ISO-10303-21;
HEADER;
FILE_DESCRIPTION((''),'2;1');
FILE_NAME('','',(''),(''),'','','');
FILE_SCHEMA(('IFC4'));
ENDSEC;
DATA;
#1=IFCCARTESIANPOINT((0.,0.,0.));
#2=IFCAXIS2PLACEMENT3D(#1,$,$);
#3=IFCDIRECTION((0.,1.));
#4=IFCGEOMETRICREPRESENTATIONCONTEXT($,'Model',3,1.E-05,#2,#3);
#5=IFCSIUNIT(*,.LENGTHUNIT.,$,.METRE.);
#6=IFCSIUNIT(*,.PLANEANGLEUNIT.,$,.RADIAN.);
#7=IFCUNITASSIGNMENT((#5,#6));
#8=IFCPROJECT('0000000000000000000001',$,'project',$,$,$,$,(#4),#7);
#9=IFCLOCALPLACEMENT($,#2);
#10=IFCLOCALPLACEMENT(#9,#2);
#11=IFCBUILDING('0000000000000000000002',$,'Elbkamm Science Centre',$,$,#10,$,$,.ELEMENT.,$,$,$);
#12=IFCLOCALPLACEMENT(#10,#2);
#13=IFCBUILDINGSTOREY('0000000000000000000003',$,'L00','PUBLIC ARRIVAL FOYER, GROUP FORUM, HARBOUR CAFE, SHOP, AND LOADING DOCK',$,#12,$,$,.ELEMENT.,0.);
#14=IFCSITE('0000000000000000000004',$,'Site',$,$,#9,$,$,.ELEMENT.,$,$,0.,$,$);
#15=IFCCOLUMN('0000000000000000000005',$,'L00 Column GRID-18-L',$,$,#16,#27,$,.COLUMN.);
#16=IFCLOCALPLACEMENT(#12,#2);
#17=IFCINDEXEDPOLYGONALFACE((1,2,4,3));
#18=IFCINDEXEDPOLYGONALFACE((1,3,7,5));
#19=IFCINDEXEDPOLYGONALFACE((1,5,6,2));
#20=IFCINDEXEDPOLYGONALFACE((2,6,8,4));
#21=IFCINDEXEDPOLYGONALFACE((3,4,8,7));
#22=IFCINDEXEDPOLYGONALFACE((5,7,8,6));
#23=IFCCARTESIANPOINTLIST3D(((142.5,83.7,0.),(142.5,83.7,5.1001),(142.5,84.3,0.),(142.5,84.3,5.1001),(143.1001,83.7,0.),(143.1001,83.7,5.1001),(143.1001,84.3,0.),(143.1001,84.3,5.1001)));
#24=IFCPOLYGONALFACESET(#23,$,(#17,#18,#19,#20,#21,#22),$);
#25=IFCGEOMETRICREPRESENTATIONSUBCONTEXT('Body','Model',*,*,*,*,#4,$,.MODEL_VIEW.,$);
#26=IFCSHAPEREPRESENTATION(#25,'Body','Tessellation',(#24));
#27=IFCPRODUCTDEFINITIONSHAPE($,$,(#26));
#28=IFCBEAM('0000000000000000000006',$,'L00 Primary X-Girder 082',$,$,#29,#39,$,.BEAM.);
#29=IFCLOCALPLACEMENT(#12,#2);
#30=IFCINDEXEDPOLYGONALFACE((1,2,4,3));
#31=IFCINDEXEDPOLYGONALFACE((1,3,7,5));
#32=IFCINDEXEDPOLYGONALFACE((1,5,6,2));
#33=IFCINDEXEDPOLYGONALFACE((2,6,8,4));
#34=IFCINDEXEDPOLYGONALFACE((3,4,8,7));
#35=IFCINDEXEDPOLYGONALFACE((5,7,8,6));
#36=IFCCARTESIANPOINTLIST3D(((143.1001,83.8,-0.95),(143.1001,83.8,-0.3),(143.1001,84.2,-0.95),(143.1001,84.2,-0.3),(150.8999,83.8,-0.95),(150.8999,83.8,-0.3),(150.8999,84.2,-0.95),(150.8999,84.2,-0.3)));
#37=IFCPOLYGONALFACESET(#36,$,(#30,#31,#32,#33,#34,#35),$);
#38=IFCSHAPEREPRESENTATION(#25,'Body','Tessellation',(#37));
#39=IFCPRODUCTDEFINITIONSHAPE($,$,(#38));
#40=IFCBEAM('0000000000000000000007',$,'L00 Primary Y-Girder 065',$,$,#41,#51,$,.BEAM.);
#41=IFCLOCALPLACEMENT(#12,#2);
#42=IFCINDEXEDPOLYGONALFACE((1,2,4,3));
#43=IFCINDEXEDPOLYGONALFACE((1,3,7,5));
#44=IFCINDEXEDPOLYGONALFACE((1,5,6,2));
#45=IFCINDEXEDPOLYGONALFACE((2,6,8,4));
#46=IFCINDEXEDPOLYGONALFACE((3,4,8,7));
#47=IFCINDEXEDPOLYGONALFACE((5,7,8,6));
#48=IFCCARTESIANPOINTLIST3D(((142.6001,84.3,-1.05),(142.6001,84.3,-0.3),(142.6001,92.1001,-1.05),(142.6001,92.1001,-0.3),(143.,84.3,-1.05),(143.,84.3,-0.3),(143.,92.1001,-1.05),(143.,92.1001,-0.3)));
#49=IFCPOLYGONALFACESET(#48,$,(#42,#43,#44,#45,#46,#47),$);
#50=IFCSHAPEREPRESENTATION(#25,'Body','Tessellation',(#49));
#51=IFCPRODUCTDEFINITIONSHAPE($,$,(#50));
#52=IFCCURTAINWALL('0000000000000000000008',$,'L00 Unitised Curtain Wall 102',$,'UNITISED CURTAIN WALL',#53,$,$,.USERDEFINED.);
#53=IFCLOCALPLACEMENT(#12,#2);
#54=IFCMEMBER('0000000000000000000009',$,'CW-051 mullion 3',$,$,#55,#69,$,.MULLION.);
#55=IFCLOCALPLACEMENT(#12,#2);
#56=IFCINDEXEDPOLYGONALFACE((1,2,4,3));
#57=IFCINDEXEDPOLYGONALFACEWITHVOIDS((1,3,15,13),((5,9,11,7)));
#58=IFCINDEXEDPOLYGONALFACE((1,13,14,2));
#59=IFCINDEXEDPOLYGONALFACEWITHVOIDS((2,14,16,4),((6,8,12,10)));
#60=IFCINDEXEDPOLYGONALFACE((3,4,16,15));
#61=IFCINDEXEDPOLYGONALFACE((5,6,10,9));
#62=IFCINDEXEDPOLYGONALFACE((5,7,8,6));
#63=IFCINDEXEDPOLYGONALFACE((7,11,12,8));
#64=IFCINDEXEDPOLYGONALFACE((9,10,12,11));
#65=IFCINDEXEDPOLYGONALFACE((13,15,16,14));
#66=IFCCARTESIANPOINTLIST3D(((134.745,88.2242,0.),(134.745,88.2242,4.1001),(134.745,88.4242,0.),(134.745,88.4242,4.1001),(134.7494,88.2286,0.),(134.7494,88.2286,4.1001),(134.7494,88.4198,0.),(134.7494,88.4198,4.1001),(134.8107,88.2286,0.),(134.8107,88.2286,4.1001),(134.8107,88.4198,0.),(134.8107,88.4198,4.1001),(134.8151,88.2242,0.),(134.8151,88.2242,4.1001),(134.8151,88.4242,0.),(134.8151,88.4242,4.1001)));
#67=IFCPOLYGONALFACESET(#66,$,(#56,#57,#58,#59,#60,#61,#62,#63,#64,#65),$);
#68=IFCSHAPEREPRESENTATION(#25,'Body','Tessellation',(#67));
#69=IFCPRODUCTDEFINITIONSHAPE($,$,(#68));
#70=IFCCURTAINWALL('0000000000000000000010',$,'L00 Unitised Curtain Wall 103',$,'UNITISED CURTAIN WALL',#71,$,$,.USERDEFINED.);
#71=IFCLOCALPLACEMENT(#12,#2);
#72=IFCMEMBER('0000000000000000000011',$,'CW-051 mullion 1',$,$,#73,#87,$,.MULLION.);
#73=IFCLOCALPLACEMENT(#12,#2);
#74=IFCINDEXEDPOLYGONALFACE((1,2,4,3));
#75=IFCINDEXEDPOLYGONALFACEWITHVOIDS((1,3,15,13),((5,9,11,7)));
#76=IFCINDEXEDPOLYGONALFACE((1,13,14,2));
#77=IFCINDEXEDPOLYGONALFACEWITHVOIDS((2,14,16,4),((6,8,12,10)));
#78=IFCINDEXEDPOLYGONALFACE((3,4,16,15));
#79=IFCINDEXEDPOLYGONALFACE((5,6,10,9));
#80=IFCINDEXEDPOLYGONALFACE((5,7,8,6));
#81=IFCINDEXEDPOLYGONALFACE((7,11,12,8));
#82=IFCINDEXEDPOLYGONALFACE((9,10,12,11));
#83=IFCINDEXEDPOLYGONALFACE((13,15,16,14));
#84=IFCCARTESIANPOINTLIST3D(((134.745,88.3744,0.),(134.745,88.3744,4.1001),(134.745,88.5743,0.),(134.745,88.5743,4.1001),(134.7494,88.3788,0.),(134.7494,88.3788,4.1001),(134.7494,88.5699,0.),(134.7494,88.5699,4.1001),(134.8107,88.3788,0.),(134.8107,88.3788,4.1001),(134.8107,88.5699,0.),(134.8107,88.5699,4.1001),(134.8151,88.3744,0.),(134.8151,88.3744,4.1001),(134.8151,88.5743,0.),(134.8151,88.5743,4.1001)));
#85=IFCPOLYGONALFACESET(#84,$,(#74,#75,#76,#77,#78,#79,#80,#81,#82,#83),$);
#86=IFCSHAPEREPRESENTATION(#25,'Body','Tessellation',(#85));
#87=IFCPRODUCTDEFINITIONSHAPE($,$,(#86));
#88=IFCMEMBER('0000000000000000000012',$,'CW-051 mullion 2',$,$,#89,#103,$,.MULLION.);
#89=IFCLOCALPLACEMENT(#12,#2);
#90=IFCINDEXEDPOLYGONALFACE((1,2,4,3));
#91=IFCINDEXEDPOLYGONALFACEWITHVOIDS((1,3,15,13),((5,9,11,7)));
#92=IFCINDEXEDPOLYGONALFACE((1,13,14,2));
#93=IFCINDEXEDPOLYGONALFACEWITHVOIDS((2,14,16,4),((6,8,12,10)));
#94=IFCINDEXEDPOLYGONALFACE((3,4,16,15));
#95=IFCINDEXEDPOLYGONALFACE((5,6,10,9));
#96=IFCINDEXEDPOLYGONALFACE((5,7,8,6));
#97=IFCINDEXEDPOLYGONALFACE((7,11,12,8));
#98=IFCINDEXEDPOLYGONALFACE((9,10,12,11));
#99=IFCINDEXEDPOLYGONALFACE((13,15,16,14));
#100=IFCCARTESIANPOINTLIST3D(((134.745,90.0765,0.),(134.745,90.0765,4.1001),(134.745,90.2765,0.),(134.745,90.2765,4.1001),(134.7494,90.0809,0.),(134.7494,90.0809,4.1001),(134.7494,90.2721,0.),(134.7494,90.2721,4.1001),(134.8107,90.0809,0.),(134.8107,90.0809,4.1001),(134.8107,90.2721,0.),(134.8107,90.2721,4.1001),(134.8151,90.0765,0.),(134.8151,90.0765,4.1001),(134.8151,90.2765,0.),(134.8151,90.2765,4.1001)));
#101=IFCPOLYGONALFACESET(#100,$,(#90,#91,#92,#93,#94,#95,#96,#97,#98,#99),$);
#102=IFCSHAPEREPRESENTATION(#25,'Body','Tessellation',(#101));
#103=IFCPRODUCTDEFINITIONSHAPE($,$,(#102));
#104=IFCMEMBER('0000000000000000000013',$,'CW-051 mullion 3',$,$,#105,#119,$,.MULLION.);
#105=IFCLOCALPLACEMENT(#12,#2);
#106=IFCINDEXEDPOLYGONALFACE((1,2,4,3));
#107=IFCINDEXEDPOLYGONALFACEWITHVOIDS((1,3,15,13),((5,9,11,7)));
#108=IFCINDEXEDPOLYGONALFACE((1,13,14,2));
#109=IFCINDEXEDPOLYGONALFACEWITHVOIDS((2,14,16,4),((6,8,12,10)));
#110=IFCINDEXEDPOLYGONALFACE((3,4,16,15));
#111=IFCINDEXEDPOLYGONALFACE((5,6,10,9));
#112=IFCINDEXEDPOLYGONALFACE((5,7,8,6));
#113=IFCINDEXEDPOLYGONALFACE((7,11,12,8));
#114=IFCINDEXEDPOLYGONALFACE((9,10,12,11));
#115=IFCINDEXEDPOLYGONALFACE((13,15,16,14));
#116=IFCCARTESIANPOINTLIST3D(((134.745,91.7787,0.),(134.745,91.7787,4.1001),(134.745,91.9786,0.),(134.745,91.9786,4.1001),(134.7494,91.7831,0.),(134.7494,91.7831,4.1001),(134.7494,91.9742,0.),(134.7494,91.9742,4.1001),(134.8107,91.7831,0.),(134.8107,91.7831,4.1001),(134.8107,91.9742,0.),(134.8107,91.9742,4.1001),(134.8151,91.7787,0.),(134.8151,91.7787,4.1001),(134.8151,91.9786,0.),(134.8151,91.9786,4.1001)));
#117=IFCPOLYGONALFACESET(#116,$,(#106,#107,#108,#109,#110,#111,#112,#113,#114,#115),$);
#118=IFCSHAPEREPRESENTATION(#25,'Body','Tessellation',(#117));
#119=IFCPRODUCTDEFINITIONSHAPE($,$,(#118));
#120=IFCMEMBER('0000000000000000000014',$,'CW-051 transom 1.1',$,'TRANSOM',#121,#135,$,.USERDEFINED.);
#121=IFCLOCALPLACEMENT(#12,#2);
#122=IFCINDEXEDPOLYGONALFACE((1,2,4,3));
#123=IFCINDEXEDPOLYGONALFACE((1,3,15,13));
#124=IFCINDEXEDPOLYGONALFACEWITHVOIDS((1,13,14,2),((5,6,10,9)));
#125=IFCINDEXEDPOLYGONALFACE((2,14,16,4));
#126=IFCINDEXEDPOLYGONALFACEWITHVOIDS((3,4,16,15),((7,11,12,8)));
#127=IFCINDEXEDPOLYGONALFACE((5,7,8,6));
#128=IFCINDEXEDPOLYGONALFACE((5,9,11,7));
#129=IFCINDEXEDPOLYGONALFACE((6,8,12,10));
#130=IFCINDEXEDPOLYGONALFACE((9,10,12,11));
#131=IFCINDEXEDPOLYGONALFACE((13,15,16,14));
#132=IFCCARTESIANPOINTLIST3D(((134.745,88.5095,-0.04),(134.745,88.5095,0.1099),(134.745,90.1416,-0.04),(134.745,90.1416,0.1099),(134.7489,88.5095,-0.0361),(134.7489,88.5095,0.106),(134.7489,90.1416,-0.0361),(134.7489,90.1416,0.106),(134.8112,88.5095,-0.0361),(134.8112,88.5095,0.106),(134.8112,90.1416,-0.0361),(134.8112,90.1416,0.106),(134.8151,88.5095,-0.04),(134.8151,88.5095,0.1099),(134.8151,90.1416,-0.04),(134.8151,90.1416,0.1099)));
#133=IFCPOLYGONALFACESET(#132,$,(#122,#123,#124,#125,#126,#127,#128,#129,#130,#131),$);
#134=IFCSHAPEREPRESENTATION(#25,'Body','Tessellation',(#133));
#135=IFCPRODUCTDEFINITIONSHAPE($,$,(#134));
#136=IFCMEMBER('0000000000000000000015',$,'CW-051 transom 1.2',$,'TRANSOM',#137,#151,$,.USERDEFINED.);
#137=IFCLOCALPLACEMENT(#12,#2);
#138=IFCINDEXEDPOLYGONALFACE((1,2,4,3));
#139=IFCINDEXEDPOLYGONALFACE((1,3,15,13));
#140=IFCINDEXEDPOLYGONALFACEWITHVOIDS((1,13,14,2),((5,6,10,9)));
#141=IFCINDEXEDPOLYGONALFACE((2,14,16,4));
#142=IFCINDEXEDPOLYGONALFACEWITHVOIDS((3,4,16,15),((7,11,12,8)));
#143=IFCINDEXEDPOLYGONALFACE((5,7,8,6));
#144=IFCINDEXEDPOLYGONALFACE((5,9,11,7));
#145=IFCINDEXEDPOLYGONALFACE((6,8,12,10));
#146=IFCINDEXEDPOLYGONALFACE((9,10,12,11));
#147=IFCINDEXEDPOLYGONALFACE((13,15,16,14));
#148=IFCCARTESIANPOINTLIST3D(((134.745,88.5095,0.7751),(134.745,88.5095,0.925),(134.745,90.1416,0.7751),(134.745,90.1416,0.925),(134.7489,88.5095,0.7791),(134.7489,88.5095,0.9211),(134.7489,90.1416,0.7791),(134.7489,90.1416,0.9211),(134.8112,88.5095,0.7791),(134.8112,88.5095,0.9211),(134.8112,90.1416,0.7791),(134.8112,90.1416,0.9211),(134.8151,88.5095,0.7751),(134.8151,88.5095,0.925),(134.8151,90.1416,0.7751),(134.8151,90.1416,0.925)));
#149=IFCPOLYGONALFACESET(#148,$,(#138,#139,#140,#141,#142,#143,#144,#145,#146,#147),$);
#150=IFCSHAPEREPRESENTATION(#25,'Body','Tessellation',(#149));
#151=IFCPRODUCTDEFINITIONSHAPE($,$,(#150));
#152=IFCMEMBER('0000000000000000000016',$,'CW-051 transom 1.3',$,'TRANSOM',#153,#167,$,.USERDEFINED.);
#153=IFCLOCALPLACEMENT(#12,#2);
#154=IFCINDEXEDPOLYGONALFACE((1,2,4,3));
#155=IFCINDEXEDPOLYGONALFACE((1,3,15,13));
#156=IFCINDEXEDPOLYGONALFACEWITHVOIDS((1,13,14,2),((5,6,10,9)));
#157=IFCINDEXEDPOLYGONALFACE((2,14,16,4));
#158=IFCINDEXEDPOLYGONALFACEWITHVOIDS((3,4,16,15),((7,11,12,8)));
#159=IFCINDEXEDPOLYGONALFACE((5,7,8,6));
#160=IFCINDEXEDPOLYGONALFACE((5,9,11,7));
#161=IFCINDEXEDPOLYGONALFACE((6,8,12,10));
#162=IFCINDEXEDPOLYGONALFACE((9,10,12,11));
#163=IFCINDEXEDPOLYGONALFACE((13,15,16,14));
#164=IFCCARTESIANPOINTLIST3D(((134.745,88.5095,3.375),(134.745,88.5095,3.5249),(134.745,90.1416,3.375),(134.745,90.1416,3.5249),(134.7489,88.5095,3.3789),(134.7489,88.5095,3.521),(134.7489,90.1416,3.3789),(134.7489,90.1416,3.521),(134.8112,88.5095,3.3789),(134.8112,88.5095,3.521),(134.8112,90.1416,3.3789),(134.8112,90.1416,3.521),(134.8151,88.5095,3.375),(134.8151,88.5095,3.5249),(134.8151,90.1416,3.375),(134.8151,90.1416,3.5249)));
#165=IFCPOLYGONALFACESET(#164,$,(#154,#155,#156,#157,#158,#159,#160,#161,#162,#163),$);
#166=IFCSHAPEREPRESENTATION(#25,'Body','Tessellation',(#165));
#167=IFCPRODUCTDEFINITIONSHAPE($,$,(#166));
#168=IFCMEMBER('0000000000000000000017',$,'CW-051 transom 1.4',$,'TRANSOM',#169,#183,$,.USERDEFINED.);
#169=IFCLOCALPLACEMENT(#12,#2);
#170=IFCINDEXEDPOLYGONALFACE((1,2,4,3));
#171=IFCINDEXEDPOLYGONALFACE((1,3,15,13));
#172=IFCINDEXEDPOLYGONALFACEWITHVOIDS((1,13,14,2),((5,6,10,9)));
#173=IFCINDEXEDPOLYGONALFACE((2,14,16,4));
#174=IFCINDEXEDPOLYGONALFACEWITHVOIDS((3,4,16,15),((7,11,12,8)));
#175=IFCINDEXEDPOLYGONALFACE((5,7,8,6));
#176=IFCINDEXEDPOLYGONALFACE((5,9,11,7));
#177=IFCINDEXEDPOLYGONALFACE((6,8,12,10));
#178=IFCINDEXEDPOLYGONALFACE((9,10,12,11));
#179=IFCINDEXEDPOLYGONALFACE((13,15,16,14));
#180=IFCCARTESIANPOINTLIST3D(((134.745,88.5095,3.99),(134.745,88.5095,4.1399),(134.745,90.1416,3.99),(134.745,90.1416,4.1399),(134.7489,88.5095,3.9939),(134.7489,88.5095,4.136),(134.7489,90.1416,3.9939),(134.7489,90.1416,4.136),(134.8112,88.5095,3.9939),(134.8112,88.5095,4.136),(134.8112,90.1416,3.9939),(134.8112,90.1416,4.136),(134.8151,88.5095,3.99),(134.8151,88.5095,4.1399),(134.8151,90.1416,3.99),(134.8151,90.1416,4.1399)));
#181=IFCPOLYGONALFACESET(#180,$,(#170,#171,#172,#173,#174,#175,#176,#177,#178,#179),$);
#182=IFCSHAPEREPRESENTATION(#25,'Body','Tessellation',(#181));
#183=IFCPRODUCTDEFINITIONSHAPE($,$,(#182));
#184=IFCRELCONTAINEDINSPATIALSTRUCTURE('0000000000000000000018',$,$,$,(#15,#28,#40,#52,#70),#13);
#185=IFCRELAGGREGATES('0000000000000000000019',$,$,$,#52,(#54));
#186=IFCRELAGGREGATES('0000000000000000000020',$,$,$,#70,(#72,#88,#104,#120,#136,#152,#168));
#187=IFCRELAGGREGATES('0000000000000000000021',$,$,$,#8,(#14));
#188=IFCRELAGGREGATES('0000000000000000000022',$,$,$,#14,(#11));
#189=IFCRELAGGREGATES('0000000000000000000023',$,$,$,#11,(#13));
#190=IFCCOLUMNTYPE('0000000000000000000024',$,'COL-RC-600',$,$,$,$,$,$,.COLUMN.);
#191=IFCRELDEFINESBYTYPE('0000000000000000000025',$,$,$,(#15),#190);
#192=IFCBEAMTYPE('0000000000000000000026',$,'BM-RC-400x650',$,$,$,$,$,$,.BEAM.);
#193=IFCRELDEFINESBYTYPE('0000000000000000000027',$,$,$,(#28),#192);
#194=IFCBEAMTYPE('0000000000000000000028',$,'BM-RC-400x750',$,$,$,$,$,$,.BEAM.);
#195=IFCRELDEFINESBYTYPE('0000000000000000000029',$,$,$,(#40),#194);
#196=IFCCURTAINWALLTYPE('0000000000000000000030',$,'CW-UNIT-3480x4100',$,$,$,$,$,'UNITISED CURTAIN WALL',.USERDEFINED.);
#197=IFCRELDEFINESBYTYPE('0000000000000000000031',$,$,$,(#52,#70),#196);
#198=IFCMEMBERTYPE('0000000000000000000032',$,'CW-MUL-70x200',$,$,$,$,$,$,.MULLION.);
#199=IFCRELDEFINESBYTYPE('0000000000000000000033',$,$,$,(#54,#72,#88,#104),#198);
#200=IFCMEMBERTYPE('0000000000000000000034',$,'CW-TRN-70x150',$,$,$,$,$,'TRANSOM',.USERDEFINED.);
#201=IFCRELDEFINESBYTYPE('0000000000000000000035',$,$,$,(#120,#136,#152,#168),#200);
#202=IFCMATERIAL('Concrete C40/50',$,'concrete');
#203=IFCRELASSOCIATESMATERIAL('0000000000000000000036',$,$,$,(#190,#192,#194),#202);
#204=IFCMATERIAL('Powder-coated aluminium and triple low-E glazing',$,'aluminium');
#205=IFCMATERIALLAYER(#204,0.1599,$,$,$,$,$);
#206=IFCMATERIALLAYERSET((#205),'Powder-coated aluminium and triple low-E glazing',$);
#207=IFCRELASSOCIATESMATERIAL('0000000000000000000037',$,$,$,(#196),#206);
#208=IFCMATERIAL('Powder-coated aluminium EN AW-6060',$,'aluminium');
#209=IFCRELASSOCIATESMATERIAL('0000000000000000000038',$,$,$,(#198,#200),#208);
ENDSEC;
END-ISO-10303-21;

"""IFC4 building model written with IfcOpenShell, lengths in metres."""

from ifc_helpers import new_model, si_unit, direction, frame, origin, origin_2d, place, context, subcontext, project, spatial, rectangle, hollow_rectangle, extrude, material, layer, layer_set, material_profile, profile_set, type_object, element, aggregate, save


model = new_model("IFC4")

# Units and contexts
model_context = context("Model", 3, precision=1e-05, world=origin(), true_north=direction((0.0, 1.0)))
body_context = subcontext(model_context, "Body", "Model", "MODEL_VIEW")
ifc_project = project(units=[si_unit("LENGTHUNIT", "METRE"), si_unit("PLANEANGLEUNIT", "RADIAN")], contexts=[model_context])

# Site, building, storey
site_placement = place(None, origin())
site = spatial("IfcSite", under=ifc_project, at=site_placement, Name="Site", CompositionType="ELEMENT", RefElevation=0.0)
building_placement = place(site_placement, origin())
building = spatial("IfcBuilding", under=site, at=building_placement, Name="Elbkamm Science Centre", CompositionType="ELEMENT")
storey_placement = place(building_placement, origin())
storey = spatial("IfcBuildingStorey", under=building, at=storey_placement, Name="L00", Description="PUBLIC ARRIVAL FOYER, GROUP FORUM, HARBOUR CAFE, SHOP, AND LOADING DOCK", CompositionType="ELEMENT", Elevation=0.0)

# Column
ifc_material_1 = material(Name="Concrete C40/50", Category="concrete")
ifc_material_profile_1 = material_profile(ifc_material_1, rectangle(XDim=0.6001, YDim=0.6001, at=origin_2d()), Name="RC 600x600")
ifc_profile_set_1 = profile_set([ifc_material_profile_1], Name="Concrete C40/50")
column_type = type_object("IfcColumnType", Name="COL-RC-600", PredefinedType="COLUMN", material=ifc_profile_set_1)
column_placement = place(storey_placement, frame((142.8, 84.0, 0.0), z_axis=(0.0, 0.0, 1.0), x_axis=(1.0, 0.0, 0.0)))
element("IfcColumn", 1, at=column_placement, inside=storey, type_object=column_type, Name="L00 Column GRID-18-L", PredefinedType="COLUMN", context=body_context, shape_type="SweptSolid", body=[
    extrude(rectangle(XDim=0.6001, YDim=0.6001, at=origin_2d()), origin(), (0.0, 0.0, 1.0), 5.1001),
])

# Beams
ifc_material_profile_2 = material_profile(ifc_material_1, rectangle(XDim=0.3999, YDim=0.6499, at=origin_2d()), Name="RC 400x650")
ifc_profile_set_2 = profile_set([ifc_material_profile_2], Name="Concrete C40/50")
beam_type_1 = type_object("IfcBeamType", Name="BM-RC-400x650", PredefinedType="BEAM", material=ifc_profile_set_2)
beam_1_placement = place(storey_placement, frame((143.1001, 84.0, -0.625), z_axis=(1.0, 0.0, 0.0), x_axis=(0.0, 1.0, 0.0)))
element("IfcBeam", 2, at=beam_1_placement, inside=storey, type_object=beam_type_1, Name="L00 Primary X-Girder 082", PredefinedType="BEAM", context=body_context, shape_type="SweptSolid", body=[
    extrude(rectangle(XDim=0.3999, YDim=0.6499, at=origin_2d()), origin(), (0.0, 0.0, 1.0), 7.7998),
])
ifc_material_profile_3 = material_profile(ifc_material_1, rectangle(XDim=0.3999, YDim=0.75, at=origin_2d()), Name="RC 400x750")
ifc_profile_set_3 = profile_set([ifc_material_profile_3], Name="Concrete C40/50")
beam_type_2 = type_object("IfcBeamType", Name="BM-RC-400x750", PredefinedType="BEAM", material=ifc_profile_set_3)
beam_2_placement = place(storey_placement, frame((142.8, 84.3, -0.675), z_axis=(0.0, 1.0, 0.0), x_axis=(-1.0, 0.0, 0.0)))
element("IfcBeam", 3, at=beam_2_placement, inside=storey, type_object=beam_type_2, Name="L00 Primary Y-Girder 065", PredefinedType="BEAM", context=body_context, shape_type="SweptSolid", body=[
    extrude(rectangle(XDim=0.3999, YDim=0.75, at=origin_2d()), origin(), (0.0, 0.0, 1.0), 7.8),
])

# Curtain wall, member
ifc_material_2 = material(Name="Powder-coated aluminium and triple low-E glazing", Category="aluminium")
ifc_layer_1 = layer(ifc_material_2, 0.1599)
ifc_layer_set_1 = layer_set([ifc_layer_1], Name="Powder-coated aluminium and triple low-E glazing")
curtain_wall_type = type_object("IfcCurtainWallType", Name="CW-UNIT-3480x4100", ElementType="UNITISED CURTAIN WALL", PredefinedType="USERDEFINED", material=ifc_layer_set_1)
curtain_wall_1_placement = place(storey_placement, origin())
curtain_wall_1 = element("IfcCurtainWall", 4, at=curtain_wall_1_placement, inside=storey, type_object=curtain_wall_type, Name="L00 Unitised Curtain Wall 102", ObjectType="UNITISED CURTAIN WALL", PredefinedType="USERDEFINED")
ifc_material_3 = material(Name="Powder-coated aluminium EN AW-6060", Category="aluminium")
ifc_material_profile_4 = material_profile(ifc_material_3, hollow_rectangle(XDim=0.0701, YDim=0.2, WallThickness=0.0044, at=origin_2d()), Name="ALU M70x200")
ifc_profile_set_4 = profile_set([ifc_material_profile_4], Name="Powder-coated aluminium EN AW-6060")
member_type_1 = type_object("IfcMemberType", Name="CW-MUL-70x200", PredefinedType="MULLION", material=ifc_profile_set_4)
member_1_placement = place(storey_placement, frame((134.78, 88.3242, 0.0), z_axis=(0.0, 0.0, 1.0), x_axis=(-1.0, 0.0, 0.0)))
member_1 = element("IfcMember", 5, at=member_1_placement, type_object=member_type_1, Name="CW-051 mullion 3", PredefinedType="MULLION", context=body_context, shape_type="SweptSolid", body=[
    extrude(hollow_rectangle(XDim=0.0701, YDim=0.2, WallThickness=0.0044, at=origin_2d()), origin(), (0.0, 0.0, 1.0), 4.1001),
])
aggregate(curtain_wall_1, [member_1])

# Curtain wall, members
curtain_wall_2_placement = place(storey_placement, origin())
curtain_wall_2 = element("IfcCurtainWall", 6, at=curtain_wall_2_placement, inside=storey, type_object=curtain_wall_type, Name="L00 Unitised Curtain Wall 103", ObjectType="UNITISED CURTAIN WALL", PredefinedType="USERDEFINED")
member_2_placement = place(storey_placement, frame((134.78, 88.4744, 0.0), z_axis=(0.0, 0.0, 1.0), x_axis=(-1.0, 0.0, 0.0)))
member_2 = element("IfcMember", 7, at=member_2_placement, type_object=member_type_1, Name="CW-051 mullion 1", PredefinedType="MULLION", context=body_context, shape_type="SweptSolid", body=[
    extrude(hollow_rectangle(XDim=0.0701, YDim=0.2, WallThickness=0.0044, at=origin_2d()), origin(), (0.0, 0.0, 1.0), 4.1001),
])
member_3_placement = place(storey_placement, frame((134.78, 90.1765, 0.0), z_axis=(0.0, 0.0, 1.0), x_axis=(-1.0, 0.0, 0.0)))
member_3 = element("IfcMember", 8, at=member_3_placement, type_object=member_type_1, Name="CW-051 mullion 2", PredefinedType="MULLION", context=body_context, shape_type="SweptSolid", body=[
    extrude(hollow_rectangle(XDim=0.0701, YDim=0.2, WallThickness=0.0044, at=origin_2d()), origin(), (0.0, 0.0, 1.0), 4.1001),
])
member_4_placement = place(storey_placement, frame((134.78, 91.8787, 0.0), z_axis=(0.0, 0.0, 1.0), x_axis=(-1.0, 0.0, 0.0)))
member_4 = element("IfcMember", 9, at=member_4_placement, type_object=member_type_1, Name="CW-051 mullion 3", PredefinedType="MULLION", context=body_context, shape_type="SweptSolid", body=[
    extrude(hollow_rectangle(XDim=0.0701, YDim=0.2, WallThickness=0.0044, at=origin_2d()), origin(), (0.0, 0.0, 1.0), 4.1001),
])
ifc_material_profile_5 = material_profile(ifc_material_3, hollow_rectangle(XDim=0.0701, YDim=0.1499, WallThickness=0.0039, at=origin_2d()), Name="ALU T70x150")
ifc_profile_set_5 = profile_set([ifc_material_profile_5], Name="Powder-coated aluminium EN AW-6060")
member_type_2 = type_object("IfcMemberType", Name="CW-TRN-70x150", ElementType="TRANSOM", PredefinedType="USERDEFINED", material=ifc_profile_set_5)
member_5_placement = place(storey_placement, frame((134.78, 88.5095, 0.0349), z_axis=(0.0, 1.0, 0.0), x_axis=(-1.0, 0.0, 0.0)))
member_5 = element("IfcMember", 10, at=member_5_placement, type_object=member_type_2, Name="CW-051 transom 1.1", ObjectType="TRANSOM", PredefinedType="USERDEFINED", context=body_context, shape_type="SweptSolid", body=[
    extrude(hollow_rectangle(XDim=0.0701, YDim=0.1499, WallThickness=0.0039, at=origin_2d()), origin(), (0.0, 0.0, 1.0), 1.6321),
])
member_6_placement = place(storey_placement, frame((134.78, 88.5095, 0.8501), z_axis=(0.0, 1.0, 0.0), x_axis=(-1.0, 0.0, 0.0)))
member_6 = element("IfcMember", 11, at=member_6_placement, type_object=member_type_2, Name="CW-051 transom 1.2", ObjectType="TRANSOM", PredefinedType="USERDEFINED", context=body_context, shape_type="SweptSolid", body=[
    extrude(hollow_rectangle(XDim=0.0701, YDim=0.1499, WallThickness=0.0039, at=origin_2d()), origin(), (0.0, 0.0, 1.0), 1.6321),
])
member_7_placement = place(storey_placement, frame((134.78, 88.5095, 3.45), z_axis=(0.0, 1.0, 0.0), x_axis=(-1.0, 0.0, 0.0)))
member_7 = element("IfcMember", 12, at=member_7_placement, type_object=member_type_2, Name="CW-051 transom 1.3", ObjectType="TRANSOM", PredefinedType="USERDEFINED", context=body_context, shape_type="SweptSolid", body=[
    extrude(hollow_rectangle(XDim=0.0701, YDim=0.1499, WallThickness=0.0039, at=origin_2d()), origin(), (0.0, 0.0, 1.0), 1.6321),
])
member_8_placement = place(storey_placement, frame((134.78, 88.5095, 4.0649), z_axis=(0.0, 1.0, 0.0), x_axis=(-1.0, 0.0, 0.0)))
member_8 = element("IfcMember", 13, at=member_8_placement, type_object=member_type_2, Name="CW-051 transom 1.4", ObjectType="TRANSOM", PredefinedType="USERDEFINED", context=body_context, shape_type="SweptSolid", body=[
    extrude(hollow_rectangle(XDim=0.0701, YDim=0.1499, WallThickness=0.0039, at=origin_2d()), origin(), (0.0, 0.0, 1.0), 1.6321),
])

aggregate(curtain_wall_2, [member_2, member_3, member_4, member_5, member_6, member_7, member_8])

save(model, "model.ifc")
